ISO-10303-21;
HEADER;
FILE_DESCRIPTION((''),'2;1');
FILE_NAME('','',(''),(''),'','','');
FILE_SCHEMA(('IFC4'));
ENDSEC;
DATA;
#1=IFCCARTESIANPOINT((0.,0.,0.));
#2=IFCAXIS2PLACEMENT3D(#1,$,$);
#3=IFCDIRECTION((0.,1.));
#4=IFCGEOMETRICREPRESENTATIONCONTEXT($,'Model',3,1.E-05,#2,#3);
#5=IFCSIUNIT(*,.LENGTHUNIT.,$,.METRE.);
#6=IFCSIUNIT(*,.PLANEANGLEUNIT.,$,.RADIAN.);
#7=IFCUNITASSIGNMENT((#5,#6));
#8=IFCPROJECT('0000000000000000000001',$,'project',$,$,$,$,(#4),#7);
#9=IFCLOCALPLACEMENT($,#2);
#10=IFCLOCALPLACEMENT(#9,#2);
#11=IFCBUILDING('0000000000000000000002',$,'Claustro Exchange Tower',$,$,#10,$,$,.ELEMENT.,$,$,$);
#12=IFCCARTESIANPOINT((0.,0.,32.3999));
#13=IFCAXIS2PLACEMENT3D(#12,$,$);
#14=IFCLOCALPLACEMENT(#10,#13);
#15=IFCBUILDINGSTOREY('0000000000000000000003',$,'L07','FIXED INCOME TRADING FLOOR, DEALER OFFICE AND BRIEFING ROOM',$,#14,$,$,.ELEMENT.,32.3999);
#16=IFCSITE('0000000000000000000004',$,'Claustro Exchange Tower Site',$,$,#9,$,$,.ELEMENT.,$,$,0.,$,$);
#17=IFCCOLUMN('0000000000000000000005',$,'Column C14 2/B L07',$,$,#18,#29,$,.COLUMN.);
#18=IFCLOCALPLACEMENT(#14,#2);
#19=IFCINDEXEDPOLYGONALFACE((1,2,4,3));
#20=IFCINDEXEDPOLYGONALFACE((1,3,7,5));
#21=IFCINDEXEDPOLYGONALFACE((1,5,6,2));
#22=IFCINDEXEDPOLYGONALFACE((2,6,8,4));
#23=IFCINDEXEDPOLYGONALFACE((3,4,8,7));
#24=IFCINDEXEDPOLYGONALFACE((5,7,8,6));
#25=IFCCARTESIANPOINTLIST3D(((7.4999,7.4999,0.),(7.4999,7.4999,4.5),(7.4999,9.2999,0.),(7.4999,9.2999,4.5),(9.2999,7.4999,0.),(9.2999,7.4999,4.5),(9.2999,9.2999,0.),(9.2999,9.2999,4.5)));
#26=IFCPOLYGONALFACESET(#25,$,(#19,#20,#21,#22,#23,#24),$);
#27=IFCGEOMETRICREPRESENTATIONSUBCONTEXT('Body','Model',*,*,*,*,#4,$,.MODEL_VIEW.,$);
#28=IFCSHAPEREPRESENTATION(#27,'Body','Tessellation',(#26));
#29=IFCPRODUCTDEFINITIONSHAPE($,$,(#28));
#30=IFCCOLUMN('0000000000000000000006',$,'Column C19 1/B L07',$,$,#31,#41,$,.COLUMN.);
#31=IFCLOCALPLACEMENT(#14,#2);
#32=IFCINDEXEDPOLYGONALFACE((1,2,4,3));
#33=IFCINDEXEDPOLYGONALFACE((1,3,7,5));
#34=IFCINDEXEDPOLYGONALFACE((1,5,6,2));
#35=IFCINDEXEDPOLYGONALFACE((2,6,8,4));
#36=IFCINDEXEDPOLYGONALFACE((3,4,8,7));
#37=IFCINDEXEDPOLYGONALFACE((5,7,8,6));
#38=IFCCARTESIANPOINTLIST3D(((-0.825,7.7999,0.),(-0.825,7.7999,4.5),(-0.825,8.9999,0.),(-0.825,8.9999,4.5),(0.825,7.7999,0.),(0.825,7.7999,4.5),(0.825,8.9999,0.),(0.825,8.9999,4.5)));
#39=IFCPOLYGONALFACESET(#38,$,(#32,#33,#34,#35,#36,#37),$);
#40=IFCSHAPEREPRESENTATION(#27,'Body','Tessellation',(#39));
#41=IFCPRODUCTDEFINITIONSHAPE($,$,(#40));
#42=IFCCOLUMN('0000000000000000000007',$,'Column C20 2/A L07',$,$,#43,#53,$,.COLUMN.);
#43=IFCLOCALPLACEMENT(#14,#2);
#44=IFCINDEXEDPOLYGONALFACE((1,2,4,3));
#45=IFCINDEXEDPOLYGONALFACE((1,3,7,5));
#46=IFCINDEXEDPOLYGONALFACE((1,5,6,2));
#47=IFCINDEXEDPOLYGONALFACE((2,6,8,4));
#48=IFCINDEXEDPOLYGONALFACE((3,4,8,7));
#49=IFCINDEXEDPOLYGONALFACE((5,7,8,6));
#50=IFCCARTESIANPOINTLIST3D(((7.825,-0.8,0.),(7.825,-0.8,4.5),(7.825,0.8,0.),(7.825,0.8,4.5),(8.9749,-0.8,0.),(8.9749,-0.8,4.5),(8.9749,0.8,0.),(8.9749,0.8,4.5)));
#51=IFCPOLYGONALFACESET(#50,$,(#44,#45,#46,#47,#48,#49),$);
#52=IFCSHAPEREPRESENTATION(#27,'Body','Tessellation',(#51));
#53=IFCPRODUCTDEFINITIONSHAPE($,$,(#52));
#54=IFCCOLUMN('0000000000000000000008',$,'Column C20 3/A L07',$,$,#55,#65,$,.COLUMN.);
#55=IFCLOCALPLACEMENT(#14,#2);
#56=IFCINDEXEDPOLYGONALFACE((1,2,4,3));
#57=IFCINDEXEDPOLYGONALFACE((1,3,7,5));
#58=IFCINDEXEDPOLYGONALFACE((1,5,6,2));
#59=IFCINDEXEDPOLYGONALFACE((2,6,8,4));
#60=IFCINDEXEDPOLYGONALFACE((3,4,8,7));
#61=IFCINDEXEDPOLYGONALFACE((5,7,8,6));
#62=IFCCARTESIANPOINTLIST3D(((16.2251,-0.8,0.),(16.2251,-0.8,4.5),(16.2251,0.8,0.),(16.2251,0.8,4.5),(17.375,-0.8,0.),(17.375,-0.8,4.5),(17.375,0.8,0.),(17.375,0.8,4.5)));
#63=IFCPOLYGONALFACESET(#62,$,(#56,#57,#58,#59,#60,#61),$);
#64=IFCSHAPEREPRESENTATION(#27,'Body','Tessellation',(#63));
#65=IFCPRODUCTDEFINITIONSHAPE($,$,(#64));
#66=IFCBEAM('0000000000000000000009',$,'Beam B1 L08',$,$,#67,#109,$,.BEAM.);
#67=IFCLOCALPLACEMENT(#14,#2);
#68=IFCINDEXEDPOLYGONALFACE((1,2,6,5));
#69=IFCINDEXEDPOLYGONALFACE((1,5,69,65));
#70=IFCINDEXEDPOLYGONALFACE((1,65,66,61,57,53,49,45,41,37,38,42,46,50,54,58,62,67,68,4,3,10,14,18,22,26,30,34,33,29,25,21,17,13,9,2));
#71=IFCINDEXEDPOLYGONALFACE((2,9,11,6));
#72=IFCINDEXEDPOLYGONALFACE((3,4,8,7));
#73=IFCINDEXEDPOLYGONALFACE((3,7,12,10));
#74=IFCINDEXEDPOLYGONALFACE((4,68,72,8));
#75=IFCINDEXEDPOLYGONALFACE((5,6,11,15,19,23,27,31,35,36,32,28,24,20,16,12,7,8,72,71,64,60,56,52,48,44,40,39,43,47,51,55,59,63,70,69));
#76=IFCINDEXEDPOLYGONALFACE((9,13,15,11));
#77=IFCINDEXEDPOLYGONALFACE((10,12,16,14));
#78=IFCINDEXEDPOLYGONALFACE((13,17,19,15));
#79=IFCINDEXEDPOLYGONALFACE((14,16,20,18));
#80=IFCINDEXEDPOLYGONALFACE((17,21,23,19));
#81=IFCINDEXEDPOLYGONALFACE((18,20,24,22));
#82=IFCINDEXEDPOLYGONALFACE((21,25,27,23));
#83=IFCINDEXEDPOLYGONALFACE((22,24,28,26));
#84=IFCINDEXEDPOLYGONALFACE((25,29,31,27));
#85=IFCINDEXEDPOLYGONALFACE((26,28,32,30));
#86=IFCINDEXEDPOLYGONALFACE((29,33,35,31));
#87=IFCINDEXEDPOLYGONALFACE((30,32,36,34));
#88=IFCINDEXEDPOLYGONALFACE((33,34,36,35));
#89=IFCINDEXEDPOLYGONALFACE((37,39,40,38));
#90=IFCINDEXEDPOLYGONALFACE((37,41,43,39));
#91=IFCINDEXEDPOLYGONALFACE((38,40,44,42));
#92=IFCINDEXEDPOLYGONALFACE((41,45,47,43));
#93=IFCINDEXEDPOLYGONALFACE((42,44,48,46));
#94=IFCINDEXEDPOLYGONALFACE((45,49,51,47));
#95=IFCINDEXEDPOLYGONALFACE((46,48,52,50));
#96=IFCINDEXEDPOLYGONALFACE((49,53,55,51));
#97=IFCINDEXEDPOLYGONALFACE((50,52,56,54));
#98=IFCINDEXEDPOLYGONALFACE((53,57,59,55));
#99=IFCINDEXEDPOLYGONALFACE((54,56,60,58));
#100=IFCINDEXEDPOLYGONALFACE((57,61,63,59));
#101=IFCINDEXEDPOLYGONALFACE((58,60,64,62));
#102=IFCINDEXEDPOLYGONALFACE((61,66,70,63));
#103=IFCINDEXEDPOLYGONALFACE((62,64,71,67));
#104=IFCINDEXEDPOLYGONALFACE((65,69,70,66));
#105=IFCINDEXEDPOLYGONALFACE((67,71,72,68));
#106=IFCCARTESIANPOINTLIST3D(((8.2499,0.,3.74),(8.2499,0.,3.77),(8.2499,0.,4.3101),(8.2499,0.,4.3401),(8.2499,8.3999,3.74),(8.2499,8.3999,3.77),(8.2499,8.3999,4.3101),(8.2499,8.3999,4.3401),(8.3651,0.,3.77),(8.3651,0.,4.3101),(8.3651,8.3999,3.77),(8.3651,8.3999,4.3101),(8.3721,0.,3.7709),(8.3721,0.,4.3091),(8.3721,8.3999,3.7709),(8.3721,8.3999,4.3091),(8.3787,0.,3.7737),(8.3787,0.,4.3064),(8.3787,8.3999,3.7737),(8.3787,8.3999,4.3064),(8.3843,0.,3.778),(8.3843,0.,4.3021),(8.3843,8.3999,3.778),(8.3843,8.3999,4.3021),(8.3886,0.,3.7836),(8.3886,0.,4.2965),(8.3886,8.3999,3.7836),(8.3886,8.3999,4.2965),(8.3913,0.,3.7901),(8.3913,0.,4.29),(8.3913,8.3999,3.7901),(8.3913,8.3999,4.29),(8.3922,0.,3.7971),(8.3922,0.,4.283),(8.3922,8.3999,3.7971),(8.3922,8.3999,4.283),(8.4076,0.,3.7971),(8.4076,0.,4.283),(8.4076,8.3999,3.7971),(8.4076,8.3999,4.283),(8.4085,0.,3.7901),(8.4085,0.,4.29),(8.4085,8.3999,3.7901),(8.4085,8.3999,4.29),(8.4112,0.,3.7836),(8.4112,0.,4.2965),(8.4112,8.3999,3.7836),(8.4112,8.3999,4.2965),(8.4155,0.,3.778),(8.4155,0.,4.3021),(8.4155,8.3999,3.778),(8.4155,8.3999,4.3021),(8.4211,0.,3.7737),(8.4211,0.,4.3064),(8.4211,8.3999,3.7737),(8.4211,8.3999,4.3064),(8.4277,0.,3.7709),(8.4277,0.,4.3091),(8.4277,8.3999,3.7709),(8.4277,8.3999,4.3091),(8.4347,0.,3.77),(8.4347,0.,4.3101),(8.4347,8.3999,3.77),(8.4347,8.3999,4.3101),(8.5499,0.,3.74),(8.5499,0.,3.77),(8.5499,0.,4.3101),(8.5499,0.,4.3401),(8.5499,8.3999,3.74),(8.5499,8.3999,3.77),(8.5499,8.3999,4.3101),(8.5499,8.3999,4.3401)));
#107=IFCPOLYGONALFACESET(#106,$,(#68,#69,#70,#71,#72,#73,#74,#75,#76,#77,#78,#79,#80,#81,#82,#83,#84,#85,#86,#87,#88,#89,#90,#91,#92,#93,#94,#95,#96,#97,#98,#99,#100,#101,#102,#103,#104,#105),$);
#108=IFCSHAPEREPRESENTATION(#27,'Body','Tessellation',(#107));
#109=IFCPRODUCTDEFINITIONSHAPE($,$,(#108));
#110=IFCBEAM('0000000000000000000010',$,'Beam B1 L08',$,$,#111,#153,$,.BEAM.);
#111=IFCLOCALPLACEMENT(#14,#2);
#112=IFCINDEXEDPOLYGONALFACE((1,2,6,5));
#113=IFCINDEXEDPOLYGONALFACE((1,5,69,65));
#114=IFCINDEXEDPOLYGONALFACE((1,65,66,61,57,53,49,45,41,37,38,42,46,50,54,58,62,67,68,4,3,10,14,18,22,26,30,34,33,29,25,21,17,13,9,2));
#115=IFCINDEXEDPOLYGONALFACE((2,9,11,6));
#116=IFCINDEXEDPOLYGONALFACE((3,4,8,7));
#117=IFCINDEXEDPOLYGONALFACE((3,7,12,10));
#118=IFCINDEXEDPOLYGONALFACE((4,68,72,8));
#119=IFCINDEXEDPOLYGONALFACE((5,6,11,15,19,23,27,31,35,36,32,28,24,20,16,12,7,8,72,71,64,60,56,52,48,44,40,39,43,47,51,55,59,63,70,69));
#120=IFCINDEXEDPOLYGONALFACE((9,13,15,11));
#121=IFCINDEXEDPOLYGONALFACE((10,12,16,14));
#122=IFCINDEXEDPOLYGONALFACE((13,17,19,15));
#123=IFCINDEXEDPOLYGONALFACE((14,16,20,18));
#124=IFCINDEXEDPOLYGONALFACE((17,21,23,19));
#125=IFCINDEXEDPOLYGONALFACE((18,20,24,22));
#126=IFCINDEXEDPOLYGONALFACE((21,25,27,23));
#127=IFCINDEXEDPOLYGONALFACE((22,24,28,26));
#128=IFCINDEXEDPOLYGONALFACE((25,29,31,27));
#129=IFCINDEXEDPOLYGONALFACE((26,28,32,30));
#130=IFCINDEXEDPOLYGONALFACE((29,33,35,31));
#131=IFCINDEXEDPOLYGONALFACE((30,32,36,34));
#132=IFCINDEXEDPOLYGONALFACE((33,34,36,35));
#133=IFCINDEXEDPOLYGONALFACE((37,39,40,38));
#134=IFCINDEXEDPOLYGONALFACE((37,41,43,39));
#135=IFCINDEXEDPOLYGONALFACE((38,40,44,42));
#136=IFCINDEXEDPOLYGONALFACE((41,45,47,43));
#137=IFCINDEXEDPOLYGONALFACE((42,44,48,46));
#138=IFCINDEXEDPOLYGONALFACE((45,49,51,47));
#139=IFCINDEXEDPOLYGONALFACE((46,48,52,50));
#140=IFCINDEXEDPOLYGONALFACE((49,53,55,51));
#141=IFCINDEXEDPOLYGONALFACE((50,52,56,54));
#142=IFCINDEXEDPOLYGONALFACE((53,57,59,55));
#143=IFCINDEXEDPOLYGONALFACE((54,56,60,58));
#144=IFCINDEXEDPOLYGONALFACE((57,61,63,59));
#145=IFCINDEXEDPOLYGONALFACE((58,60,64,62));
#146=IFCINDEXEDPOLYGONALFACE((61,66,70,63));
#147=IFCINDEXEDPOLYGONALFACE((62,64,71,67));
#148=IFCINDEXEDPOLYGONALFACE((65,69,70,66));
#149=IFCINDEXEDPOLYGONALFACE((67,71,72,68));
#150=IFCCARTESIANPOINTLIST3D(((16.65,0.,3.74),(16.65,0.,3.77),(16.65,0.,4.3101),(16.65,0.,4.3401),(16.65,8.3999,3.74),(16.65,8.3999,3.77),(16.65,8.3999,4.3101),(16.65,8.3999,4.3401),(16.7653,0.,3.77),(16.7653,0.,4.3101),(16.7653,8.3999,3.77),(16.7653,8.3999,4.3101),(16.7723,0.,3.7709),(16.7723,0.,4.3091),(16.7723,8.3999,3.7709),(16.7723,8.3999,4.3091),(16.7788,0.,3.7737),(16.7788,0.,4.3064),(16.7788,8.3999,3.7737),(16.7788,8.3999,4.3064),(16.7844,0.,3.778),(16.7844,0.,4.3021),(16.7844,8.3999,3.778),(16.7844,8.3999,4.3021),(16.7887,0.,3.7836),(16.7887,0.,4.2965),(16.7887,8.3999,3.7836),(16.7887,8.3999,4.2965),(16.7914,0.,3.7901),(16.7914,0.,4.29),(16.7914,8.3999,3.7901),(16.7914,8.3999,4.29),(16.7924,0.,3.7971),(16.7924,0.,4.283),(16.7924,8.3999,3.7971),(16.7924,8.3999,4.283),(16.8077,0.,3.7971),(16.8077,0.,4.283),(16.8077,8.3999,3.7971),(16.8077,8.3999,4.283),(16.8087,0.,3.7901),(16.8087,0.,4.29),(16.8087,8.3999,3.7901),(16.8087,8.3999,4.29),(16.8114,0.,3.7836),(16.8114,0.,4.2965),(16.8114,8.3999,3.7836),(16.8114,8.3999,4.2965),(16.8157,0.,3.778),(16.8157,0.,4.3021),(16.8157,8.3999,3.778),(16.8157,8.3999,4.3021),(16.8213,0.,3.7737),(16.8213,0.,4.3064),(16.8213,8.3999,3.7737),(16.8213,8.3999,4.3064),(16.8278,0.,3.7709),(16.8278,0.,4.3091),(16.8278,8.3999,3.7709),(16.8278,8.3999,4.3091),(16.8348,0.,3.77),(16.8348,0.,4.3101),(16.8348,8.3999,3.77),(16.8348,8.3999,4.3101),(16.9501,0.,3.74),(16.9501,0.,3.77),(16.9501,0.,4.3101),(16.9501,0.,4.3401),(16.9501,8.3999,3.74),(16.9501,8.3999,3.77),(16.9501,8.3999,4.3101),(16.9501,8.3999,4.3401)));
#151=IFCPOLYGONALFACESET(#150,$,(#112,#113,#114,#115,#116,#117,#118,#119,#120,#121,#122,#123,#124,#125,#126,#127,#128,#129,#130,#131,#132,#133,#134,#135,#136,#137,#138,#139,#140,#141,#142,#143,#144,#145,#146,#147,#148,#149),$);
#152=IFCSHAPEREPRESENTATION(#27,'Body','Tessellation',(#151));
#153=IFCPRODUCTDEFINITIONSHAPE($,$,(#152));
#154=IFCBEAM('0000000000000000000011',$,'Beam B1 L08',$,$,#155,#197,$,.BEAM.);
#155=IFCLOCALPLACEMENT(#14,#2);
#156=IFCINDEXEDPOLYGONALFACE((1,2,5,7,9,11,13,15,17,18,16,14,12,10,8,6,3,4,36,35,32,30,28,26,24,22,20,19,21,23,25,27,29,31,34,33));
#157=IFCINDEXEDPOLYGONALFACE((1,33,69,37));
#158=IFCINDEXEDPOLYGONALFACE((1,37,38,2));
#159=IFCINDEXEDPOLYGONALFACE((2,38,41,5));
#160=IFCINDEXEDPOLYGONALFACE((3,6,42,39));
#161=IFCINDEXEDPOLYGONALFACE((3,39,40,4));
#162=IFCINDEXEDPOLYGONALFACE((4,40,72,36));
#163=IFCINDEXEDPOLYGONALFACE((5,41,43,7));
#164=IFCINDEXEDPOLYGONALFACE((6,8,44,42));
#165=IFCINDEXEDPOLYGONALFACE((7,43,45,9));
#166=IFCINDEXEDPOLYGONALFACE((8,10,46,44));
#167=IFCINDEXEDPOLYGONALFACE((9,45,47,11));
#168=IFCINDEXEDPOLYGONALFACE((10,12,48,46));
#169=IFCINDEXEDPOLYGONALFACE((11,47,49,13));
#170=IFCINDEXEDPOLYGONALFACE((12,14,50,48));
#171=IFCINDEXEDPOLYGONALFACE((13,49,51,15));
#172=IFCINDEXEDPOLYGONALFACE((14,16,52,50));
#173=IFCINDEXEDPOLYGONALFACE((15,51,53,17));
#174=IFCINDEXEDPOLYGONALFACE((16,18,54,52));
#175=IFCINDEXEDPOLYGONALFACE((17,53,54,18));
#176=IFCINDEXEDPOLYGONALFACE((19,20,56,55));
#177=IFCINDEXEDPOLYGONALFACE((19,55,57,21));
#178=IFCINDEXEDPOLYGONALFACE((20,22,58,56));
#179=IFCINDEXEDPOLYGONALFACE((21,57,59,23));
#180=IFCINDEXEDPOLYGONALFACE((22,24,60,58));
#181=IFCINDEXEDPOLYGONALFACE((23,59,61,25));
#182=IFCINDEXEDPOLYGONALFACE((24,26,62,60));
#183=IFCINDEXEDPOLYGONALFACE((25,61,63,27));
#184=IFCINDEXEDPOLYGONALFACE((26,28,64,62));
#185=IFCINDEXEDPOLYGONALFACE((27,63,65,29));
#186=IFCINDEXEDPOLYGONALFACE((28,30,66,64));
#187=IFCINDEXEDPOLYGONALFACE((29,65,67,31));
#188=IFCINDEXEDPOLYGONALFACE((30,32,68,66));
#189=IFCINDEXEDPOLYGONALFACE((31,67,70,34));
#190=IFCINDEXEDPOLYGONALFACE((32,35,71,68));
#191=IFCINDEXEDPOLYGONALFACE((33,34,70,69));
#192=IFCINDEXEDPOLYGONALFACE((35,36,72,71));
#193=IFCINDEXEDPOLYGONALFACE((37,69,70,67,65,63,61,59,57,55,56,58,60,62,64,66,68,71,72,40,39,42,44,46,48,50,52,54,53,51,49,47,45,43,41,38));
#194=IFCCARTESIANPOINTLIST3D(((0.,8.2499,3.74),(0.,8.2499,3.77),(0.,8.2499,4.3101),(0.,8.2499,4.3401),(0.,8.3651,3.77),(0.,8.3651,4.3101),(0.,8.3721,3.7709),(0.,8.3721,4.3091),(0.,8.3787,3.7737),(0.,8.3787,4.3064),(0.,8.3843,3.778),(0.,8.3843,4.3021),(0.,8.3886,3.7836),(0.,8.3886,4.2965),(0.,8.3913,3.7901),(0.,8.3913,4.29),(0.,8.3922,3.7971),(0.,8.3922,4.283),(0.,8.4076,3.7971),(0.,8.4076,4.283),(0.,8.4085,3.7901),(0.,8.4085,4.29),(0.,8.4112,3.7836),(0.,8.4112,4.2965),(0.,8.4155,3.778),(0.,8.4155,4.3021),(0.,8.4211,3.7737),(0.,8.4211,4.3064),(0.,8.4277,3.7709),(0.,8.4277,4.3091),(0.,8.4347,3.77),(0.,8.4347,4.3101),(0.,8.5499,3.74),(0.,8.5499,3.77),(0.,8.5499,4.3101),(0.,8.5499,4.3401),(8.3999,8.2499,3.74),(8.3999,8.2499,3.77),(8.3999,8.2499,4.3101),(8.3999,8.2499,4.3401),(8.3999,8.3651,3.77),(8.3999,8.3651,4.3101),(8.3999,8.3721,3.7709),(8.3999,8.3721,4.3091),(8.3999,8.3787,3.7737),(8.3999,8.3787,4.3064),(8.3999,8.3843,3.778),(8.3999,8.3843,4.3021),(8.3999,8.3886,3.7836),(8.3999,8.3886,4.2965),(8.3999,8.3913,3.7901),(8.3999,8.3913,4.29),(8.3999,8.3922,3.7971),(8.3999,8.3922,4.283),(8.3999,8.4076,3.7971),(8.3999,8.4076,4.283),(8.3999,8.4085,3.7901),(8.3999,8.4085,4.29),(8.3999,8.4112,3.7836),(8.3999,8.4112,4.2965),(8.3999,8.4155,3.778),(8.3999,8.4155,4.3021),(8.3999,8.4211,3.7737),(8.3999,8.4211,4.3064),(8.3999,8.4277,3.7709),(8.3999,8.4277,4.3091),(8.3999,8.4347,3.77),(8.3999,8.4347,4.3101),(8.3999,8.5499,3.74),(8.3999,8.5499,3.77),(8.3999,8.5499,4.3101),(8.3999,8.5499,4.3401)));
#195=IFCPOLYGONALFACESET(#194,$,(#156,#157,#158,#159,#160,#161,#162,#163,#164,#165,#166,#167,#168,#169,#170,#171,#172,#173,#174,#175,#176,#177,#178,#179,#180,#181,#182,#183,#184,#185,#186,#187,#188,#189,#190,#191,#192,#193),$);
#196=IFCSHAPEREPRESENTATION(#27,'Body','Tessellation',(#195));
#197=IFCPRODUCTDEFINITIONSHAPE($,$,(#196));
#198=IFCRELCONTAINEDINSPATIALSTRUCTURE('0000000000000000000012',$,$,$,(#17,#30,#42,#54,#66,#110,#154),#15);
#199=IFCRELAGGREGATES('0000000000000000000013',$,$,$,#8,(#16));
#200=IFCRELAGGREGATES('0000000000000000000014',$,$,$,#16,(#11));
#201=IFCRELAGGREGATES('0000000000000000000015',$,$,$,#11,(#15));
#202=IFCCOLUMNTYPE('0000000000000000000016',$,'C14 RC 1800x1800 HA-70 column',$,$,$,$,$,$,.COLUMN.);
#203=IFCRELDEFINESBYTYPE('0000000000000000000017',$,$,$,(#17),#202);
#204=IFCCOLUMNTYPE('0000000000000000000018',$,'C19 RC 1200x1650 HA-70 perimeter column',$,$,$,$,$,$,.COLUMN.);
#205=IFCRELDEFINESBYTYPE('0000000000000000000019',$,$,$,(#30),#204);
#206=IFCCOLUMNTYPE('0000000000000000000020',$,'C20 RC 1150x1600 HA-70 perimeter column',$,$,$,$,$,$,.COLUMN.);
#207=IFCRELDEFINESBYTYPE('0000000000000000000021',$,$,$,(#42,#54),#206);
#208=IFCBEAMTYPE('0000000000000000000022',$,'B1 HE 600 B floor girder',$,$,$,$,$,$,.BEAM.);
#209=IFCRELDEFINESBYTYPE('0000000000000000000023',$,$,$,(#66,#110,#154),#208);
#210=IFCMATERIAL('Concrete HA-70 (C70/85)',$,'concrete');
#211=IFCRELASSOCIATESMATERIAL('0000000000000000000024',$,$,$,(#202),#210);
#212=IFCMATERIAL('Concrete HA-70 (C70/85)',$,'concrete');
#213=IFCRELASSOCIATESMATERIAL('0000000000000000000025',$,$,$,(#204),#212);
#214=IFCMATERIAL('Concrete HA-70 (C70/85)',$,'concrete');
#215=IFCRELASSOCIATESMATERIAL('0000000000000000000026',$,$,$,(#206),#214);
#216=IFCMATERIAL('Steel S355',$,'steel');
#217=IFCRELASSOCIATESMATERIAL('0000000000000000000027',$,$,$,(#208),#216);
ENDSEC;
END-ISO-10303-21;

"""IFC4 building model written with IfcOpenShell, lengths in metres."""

from ifc_helpers import new_model, si_unit, direction, frame, origin, origin_2d, place, context, subcontext, project, spatial, rectangle, i_section, extrude, material, material_profile, profile_set, type_object, element, save


model = new_model("IFC4")

# Units and contexts
model_context = context("Model", 3, precision=1e-05, world=origin(), true_north=direction((0.0, 1.0)))
body_context = subcontext(model_context, "Body", "Model", "MODEL_VIEW")
ifc_project = project(units=[si_unit("LENGTHUNIT", "METRE"), si_unit("PLANEANGLEUNIT", "RADIAN")], contexts=[model_context])

# Site, building, storey
site_placement = place(None, origin())
site = spatial("IfcSite", under=ifc_project, at=site_placement, Name="Claustro Exchange Tower Site", CompositionType="ELEMENT", RefElevation=0.0)
building_placement = place(site_placement, origin())
building = spatial("IfcBuilding", under=site, at=building_placement, Name="Claustro Exchange Tower", CompositionType="ELEMENT")
storey_placement = place(building_placement, frame((0.0, 0.0, 32.3999)))
storey = spatial("IfcBuildingStorey", under=building, at=storey_placement, Name="L07", Description="FIXED INCOME TRADING FLOOR, DEALER OFFICE AND BRIEFING ROOM", CompositionType="ELEMENT", Elevation=32.3999)

# Columns
ifc_material_1 = material(Name="Concrete HA-70 (C70/85)", Category="concrete")
ifc_material_profile_1 = material_profile(ifc_material_1, rectangle(XDim=1.8, YDim=1.8, at=origin_2d()), Name="RC 1800x1800")
ifc_profile_set_1 = profile_set([ifc_material_profile_1], Name="Concrete HA-70 (C70/85)")
column_type_1 = type_object("IfcColumnType", Name="C14 RC 1800x1800 HA-70 column", PredefinedType="COLUMN", material=ifc_profile_set_1)
column_1_placement = place(storey_placement, frame((8.3999, 8.3999, 0.0), z_axis=(0.0, 0.0, 1.0), x_axis=(1.0, 0.0, 0.0)))
element("IfcColumn", 1, at=column_1_placement, inside=storey, type_object=column_type_1, Name="Column C14 2/B L07", PredefinedType="COLUMN", context=body_context, shape_type="SweptSolid", body=[
    extrude(rectangle(XDim=1.8, YDim=1.8, at=origin_2d()), origin(), (0.0, 0.0, 1.0), 4.5),
])
ifc_material_2 = material(Name="Concrete HA-70 (C70/85)", Category="concrete")
ifc_material_profile_2 = material_profile(ifc_material_2, rectangle(XDim=1.2, YDim=1.6499, at=origin_2d()), Name="RC 1200x1650")
ifc_profile_set_2 = profile_set([ifc_material_profile_2], Name="Concrete HA-70 (C70/85)")
column_type_2 = type_object("IfcColumnType", Name="C19 RC 1200x1650 HA-70 perimeter column", PredefinedType="COLUMN", material=ifc_profile_set_2)
column_2_placement = place(storey_placement, frame((0.0, 8.3999, 0.0), z_axis=(0.0, 0.0, 1.0), x_axis=(0.0, 1.0, 0.0)))
element("IfcColumn", 2, at=column_2_placement, inside=storey, type_object=column_type_2, Name="Column C19 1/B L07", PredefinedType="COLUMN", context=body_context, shape_type="SweptSolid", body=[
    extrude(rectangle(XDim=1.2, YDim=1.6499, at=origin_2d()), origin(), (0.0, 0.0, 1.0), 4.5),
])
ifc_material_3 = material(Name="Concrete HA-70 (C70/85)", Category="concrete")
ifc_material_profile_3 = material_profile(ifc_material_3, rectangle(XDim=1.1499, YDim=1.6001, at=origin_2d()), Name="RC 1150x1600")
ifc_profile_set_3 = profile_set([ifc_material_profile_3], Name="Concrete HA-70 (C70/85)")
column_type_3 = type_object("IfcColumnType", Name="C20 RC 1150x1600 HA-70 perimeter column", PredefinedType="COLUMN", material=ifc_profile_set_3)
for number, where, z_axis, x_axis, name in (
    (3, (8.3999, 0.0, 0.0), (0.0, 0.0, 1.0), (1.0, 0.0, 0.0), "Column C20 2/A L07"),
    (4, (16.8, 0.0, 0.0), (0.0, 0.0, 1.0), (1.0, 0.0, 0.0), "Column C20 3/A L07"),
):
    element("IfcColumn", number, at=place(storey_placement, frame(where, z_axis=z_axis, x_axis=x_axis)), inside=storey, type_object=column_type_3, Name=name, PredefinedType="COLUMN", context=body_context, shape_type="SweptSolid", body=[
        extrude(rectangle(XDim=1.1499, YDim=1.6001, at=origin_2d()), origin(), (0.0, 0.0, 1.0), 4.5),
    ])

# Beams
ifc_material_4 = material(Name="Steel S355", Category="steel")
ifc_material_profile_4 = material_profile(ifc_material_4, i_section(OverallWidth=0.3, OverallDepth=0.6001, WebThickness=0.0154, FlangeThickness=0.03, FilletRadius=0.0271, at=origin_2d()), Name="HE 600 B")
ifc_profile_set_4 = profile_set([ifc_material_profile_4], Name="Steel S355")
beam_type_1 = type_object("IfcBeamType", Name="B1 HE 600 B floor girder", PredefinedType="BEAM", material=ifc_profile_set_4)
for number, where, z_axis, x_axis, name in (
    (5, (8.3999, 0.0, 4.04), (0.0, 1.0, 0.0), (-1.0, 0.0, 0.0), "Beam B1 L08"),
    (6, (16.8, 0.0, 4.04), (0.0, 1.0, 0.0), (-1.0, 0.0, 0.0), "Beam B1 L08"),
    (7, (0.0, 8.3999, 4.04), (1.0, 0.0, 0.0), (0.0, 1.0, 0.0), "Beam B1 L08"),
):
    element("IfcBeam", number, at=place(storey_placement, frame(where, z_axis=z_axis, x_axis=x_axis)), inside=storey, type_object=beam_type_1, Name=name, PredefinedType="BEAM", context=body_context, shape_type="SweptSolid", body=[
        extrude(i_section(OverallWidth=0.3, OverallDepth=0.6001, WebThickness=0.0154, FlangeThickness=0.03, FilletRadius=0.0271, at=origin_2d()), origin(), (0.0, 0.0, 1.0), 8.3999),
    ])

save(model, "model.ifc")
